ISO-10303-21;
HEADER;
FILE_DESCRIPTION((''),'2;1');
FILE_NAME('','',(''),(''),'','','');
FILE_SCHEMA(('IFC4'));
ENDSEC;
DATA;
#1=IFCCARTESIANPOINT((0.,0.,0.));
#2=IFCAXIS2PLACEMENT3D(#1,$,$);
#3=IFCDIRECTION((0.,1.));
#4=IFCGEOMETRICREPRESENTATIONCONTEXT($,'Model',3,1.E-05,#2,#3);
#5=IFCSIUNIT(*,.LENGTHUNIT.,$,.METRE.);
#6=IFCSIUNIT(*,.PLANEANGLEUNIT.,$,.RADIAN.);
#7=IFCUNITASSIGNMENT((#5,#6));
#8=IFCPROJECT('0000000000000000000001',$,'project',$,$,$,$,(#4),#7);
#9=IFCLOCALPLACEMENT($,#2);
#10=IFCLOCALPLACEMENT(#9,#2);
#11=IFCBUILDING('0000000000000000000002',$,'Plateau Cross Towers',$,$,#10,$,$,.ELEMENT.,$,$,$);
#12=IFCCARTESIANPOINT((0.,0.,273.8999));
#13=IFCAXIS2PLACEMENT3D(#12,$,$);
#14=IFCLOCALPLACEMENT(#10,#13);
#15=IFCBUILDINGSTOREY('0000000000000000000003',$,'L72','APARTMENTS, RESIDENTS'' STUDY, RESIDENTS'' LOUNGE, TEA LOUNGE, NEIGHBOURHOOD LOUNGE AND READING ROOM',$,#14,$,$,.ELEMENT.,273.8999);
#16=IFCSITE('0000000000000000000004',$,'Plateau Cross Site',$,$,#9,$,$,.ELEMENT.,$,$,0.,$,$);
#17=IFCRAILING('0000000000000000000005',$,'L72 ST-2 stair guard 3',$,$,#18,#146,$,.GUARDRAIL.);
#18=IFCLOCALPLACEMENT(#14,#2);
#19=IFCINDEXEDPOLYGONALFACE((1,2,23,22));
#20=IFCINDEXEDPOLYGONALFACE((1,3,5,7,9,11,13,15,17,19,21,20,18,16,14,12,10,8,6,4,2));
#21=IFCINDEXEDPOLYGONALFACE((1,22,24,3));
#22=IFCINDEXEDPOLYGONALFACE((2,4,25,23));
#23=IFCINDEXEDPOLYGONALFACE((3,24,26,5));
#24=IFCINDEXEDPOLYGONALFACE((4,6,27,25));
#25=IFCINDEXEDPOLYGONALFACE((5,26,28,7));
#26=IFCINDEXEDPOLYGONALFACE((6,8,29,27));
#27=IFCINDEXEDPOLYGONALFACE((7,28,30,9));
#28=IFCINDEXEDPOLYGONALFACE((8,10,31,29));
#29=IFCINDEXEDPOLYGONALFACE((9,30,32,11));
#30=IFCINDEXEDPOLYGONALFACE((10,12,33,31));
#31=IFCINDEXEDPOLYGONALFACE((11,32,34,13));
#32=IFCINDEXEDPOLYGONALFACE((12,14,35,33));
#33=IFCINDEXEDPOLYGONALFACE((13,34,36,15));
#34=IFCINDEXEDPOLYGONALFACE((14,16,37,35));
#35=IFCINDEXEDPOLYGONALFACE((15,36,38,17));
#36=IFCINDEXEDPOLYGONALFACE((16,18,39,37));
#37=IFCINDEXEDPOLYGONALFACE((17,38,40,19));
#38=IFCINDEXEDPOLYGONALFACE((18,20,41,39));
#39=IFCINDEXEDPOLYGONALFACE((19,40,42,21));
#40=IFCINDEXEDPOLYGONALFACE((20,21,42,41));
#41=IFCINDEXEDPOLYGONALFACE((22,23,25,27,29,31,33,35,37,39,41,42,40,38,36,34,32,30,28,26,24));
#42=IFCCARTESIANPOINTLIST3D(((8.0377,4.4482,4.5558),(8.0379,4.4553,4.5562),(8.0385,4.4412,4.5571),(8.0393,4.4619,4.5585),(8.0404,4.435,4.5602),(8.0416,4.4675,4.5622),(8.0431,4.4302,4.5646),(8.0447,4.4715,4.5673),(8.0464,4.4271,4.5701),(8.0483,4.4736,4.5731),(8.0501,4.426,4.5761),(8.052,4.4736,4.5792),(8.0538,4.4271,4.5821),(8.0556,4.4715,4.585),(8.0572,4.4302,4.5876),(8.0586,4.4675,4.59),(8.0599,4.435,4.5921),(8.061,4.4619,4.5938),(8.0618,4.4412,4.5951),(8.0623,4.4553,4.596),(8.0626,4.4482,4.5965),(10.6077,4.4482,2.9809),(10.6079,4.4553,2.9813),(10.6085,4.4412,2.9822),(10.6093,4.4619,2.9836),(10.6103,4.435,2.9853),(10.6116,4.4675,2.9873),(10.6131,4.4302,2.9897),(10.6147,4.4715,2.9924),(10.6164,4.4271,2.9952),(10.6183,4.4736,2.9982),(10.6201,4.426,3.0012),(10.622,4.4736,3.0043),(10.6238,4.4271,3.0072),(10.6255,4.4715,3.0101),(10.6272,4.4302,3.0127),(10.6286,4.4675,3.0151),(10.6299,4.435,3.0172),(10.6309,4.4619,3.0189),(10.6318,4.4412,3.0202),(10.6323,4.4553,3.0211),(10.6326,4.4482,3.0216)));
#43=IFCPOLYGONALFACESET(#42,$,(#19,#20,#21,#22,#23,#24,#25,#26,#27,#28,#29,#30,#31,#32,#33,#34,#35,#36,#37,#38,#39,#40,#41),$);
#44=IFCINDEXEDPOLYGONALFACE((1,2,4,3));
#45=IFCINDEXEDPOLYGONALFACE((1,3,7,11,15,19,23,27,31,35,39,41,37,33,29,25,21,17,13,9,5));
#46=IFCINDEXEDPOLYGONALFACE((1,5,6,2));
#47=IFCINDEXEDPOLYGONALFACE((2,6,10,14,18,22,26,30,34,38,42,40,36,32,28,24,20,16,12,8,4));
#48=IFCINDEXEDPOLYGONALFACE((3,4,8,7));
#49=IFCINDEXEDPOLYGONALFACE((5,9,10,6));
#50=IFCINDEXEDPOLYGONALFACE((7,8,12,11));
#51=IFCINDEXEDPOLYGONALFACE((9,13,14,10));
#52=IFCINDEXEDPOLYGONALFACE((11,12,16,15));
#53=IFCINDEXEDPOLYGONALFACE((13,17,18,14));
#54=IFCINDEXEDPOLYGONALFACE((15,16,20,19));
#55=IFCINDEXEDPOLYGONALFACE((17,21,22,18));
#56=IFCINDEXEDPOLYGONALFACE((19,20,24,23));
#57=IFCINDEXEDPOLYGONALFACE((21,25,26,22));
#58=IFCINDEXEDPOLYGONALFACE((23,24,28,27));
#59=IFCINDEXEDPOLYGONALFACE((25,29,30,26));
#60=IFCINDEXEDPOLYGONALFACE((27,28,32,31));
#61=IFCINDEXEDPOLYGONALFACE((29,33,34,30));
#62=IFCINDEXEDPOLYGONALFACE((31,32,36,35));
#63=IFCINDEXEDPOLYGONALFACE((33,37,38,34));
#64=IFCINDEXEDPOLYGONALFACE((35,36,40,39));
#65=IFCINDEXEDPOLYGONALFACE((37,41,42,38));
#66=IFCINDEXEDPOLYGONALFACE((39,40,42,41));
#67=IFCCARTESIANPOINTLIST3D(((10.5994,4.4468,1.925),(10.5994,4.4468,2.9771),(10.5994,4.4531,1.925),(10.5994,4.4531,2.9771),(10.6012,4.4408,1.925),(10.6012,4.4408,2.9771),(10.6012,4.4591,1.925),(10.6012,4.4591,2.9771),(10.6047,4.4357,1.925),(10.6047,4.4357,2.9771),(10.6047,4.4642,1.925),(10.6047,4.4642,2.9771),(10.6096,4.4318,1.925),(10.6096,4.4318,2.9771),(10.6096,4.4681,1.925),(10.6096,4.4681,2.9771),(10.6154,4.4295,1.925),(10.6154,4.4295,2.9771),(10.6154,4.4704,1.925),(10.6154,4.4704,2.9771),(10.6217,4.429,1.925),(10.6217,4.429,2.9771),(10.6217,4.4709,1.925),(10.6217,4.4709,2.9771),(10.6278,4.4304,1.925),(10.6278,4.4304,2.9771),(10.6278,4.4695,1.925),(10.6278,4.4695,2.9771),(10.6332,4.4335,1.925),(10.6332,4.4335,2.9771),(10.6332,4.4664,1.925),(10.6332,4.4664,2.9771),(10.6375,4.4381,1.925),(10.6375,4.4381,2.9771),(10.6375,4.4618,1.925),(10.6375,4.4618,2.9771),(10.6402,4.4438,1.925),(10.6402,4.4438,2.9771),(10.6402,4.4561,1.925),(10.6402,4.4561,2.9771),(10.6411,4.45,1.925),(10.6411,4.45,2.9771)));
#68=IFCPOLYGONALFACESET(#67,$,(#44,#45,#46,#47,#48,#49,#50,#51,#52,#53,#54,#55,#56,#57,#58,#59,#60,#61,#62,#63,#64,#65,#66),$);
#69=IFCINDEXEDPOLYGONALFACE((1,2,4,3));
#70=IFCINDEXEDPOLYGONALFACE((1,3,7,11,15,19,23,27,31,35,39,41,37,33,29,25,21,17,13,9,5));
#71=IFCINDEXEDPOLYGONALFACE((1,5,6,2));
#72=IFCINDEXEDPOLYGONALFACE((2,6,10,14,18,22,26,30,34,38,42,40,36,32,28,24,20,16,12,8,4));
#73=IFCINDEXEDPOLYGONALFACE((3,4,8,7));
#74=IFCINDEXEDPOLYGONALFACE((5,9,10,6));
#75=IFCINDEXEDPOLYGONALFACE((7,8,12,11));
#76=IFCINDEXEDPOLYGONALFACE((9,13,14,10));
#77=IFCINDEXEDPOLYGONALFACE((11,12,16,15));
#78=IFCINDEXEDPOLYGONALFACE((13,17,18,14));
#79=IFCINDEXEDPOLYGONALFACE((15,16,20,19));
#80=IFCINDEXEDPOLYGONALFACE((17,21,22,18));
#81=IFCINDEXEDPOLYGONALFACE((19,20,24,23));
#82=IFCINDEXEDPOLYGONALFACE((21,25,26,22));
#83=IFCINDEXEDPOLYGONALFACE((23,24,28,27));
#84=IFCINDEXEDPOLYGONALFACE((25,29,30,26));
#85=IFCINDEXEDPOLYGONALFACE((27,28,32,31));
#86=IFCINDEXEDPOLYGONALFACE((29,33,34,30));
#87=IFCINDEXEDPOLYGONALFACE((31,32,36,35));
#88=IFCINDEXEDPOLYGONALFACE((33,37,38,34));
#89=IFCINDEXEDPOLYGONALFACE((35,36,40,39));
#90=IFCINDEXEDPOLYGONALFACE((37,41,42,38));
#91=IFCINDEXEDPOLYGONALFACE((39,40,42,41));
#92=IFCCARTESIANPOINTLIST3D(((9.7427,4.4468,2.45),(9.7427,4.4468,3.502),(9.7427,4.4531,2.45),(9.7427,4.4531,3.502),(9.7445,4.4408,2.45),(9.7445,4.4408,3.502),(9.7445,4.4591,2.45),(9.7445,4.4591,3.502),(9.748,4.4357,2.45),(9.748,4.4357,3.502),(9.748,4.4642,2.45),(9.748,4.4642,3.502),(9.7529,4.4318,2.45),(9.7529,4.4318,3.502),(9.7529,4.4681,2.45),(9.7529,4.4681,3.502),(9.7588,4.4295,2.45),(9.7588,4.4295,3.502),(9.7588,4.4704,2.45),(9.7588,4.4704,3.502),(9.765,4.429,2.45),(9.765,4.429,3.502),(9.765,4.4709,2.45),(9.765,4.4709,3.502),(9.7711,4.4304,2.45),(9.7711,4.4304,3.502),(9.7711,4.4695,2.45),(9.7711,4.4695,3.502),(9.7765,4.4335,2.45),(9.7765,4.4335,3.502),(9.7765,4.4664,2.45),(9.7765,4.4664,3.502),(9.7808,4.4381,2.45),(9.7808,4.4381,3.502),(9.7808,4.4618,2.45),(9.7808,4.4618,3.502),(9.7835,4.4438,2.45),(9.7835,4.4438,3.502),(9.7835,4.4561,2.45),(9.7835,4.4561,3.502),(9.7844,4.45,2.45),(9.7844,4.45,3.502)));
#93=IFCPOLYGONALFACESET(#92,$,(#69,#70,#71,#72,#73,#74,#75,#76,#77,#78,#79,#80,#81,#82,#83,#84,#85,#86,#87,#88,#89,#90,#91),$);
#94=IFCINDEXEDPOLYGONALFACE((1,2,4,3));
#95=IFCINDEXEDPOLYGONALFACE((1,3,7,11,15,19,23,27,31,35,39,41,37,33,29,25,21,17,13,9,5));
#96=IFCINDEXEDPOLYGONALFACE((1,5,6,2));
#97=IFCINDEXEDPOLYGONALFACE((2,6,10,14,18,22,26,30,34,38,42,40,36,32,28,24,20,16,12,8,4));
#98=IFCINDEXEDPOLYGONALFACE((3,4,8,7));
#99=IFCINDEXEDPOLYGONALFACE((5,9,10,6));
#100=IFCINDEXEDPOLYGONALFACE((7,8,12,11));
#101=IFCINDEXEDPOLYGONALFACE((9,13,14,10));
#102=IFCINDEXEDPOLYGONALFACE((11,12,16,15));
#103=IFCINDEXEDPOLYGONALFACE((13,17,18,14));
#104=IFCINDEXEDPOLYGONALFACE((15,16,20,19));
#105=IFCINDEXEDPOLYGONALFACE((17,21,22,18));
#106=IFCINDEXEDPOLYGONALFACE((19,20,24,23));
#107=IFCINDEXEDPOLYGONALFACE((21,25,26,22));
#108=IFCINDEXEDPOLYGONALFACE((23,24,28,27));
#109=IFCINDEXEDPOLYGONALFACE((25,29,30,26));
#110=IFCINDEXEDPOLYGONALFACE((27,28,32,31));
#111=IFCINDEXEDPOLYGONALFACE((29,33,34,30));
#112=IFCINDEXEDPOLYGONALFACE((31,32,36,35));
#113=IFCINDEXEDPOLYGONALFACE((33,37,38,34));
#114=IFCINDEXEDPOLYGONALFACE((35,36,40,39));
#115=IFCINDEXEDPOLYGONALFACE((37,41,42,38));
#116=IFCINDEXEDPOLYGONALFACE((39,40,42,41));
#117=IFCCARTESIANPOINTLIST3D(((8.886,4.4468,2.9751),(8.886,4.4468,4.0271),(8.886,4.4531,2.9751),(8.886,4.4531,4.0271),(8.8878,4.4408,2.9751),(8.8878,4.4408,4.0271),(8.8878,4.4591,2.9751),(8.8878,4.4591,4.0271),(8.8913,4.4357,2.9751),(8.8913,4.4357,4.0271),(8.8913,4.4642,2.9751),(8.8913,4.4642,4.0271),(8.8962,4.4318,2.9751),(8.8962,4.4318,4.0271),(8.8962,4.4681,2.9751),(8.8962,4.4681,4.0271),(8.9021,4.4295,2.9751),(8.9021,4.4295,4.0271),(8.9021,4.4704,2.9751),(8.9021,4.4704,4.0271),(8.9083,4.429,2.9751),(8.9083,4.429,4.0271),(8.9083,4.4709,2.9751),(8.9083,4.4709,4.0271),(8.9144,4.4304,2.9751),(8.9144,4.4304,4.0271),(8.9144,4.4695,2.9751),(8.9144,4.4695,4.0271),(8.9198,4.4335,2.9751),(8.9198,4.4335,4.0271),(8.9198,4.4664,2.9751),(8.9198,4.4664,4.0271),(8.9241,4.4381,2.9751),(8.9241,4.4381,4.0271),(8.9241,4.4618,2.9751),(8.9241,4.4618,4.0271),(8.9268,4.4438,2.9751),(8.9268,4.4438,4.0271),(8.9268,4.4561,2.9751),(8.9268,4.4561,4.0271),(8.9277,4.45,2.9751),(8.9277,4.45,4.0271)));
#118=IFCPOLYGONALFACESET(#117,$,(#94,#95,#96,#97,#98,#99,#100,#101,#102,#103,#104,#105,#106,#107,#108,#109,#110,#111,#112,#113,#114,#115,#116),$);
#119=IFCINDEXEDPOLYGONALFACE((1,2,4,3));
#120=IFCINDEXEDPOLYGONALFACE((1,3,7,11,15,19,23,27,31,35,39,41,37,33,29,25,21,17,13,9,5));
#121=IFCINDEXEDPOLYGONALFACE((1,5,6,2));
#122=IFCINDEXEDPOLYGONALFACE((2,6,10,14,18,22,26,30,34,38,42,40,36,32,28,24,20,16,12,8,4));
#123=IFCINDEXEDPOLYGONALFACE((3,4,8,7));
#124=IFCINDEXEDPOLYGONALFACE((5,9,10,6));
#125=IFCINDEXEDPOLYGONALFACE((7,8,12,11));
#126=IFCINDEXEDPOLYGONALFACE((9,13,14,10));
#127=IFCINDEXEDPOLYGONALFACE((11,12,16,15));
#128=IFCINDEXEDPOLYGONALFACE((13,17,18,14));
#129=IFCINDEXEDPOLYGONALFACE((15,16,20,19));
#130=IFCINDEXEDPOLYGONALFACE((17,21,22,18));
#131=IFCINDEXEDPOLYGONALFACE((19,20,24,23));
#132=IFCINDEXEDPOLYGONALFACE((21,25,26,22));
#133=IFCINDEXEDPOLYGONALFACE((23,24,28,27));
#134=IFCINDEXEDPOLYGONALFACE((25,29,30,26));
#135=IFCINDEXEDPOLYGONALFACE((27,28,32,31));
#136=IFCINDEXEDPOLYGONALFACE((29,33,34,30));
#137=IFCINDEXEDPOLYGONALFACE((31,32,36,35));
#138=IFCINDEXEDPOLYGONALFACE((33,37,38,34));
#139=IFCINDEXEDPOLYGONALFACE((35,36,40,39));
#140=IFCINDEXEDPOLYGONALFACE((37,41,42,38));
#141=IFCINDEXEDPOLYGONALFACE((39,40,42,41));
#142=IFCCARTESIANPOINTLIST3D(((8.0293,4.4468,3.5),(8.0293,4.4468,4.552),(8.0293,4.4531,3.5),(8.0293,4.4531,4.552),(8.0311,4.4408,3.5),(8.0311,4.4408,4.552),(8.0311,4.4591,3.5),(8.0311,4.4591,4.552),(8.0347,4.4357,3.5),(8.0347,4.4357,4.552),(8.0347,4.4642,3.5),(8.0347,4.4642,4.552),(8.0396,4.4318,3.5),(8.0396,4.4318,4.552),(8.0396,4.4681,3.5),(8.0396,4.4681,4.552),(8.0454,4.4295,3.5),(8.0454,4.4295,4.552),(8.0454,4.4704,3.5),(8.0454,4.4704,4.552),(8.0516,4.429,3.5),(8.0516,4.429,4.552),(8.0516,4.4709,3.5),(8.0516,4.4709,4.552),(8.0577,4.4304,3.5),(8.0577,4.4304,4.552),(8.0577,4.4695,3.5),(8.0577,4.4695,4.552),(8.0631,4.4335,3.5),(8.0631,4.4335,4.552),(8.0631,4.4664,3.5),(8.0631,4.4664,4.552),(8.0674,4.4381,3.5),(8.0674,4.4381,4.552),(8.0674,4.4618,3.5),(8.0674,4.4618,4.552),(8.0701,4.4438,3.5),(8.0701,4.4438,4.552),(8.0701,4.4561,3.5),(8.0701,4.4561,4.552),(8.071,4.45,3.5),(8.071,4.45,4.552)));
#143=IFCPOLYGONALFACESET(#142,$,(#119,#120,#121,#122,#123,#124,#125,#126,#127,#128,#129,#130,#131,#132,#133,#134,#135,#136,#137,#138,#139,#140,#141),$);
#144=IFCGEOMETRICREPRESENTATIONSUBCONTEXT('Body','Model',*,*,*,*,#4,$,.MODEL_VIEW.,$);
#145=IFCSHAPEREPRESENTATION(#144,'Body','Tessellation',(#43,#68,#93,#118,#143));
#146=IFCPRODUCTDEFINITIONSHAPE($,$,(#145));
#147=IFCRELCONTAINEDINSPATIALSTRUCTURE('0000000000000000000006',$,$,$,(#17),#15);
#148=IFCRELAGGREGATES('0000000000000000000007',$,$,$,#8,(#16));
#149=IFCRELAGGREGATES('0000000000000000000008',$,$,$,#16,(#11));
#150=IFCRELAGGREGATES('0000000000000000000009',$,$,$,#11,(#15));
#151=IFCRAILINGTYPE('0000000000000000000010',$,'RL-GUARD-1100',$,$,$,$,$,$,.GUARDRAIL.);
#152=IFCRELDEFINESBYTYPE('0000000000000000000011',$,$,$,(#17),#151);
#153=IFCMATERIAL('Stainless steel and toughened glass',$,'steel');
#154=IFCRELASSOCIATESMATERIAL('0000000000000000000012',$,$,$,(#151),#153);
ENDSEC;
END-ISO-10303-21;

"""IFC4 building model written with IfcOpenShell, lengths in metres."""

from ifc_helpers import new_model, si_unit, direction, frame, origin, origin_2d, place, context, subcontext, project, spatial, circle, extrude, material, type_object, element, save


model = new_model("IFC4")

# Units and contexts
model_context = context("Model", 3, precision=1e-05, world=origin(), true_north=direction((0.0, 1.0)))
body_context = subcontext(model_context, "Body", "Model", "MODEL_VIEW")
ifc_project = project(units=[si_unit("LENGTHUNIT", "METRE"), si_unit("PLANEANGLEUNIT", "RADIAN")], contexts=[model_context])

# Site, building, storey
site_placement = place(None, origin())
site = spatial("IfcSite", under=ifc_project, at=site_placement, Name="Plateau Cross Site", CompositionType="ELEMENT", RefElevation=0.0)
building_placement = place(site_placement, origin())
building = spatial("IfcBuilding", under=site, at=building_placement, Name="Plateau Cross Towers", CompositionType="ELEMENT")
storey_placement = place(building_placement, frame((0.0, 0.0, 273.8999)))
storey = spatial("IfcBuildingStorey", under=building, at=storey_placement, Name="L72", Description="APARTMENTS, RESIDENTS' STUDY, RESIDENTS' LOUNGE, TEA LOUNGE, NEIGHBOURHOOD LOUNGE AND READING ROOM", CompositionType="ELEMENT", Elevation=273.8999)

# Railing
ifc_material_1 = material(Name="Stainless steel and toughened glass", Category="steel")
railing_type_1 = type_object("IfcRailingType", Name="RL-GUARD-1100", PredefinedType="GUARDRAIL", material=ifc_material_1)
railing_1_placement = place(storey_placement, frame((10.6201, 4.45, 1.925)))
element("IfcRailing", 1, at=railing_1_placement, inside=storey, type_object=railing_type_1, Name="L72 ST-2 stair guard 3", PredefinedType="GUARDRAIL", context=body_context, shape_type="SweptSolid", body=[
    extrude(circle(Radius=0.0239, at=origin_2d()), frame((0.0, 0.0, 1.0762), z_axis=(-0.852639, 0.0, 0.522501), x_axis=(0.0, -1.0, 0.0)), (0.0, 0.0, 1.0), 3.0142),
    extrude(circle(Radius=0.021, at=origin_2d()), origin(), (0.0, 0.0, 1.0), 1.052),
    extrude(circle(Radius=0.021, at=origin_2d()), frame((-0.8567, 0.0, 0.5249)), (0.0, 0.0, 1.0), 1.052),
    extrude(circle(Radius=0.021, at=origin_2d()), frame((-1.7134, 0.0, 1.05)), (0.0, 0.0, 1.0), 1.052),
    extrude(circle(Radius=0.021, at=origin_2d()), frame((-2.5701, 0.0, 1.575)), (0.0, 0.0, 1.0), 1.052),
])

save(model, "model.ifc")
